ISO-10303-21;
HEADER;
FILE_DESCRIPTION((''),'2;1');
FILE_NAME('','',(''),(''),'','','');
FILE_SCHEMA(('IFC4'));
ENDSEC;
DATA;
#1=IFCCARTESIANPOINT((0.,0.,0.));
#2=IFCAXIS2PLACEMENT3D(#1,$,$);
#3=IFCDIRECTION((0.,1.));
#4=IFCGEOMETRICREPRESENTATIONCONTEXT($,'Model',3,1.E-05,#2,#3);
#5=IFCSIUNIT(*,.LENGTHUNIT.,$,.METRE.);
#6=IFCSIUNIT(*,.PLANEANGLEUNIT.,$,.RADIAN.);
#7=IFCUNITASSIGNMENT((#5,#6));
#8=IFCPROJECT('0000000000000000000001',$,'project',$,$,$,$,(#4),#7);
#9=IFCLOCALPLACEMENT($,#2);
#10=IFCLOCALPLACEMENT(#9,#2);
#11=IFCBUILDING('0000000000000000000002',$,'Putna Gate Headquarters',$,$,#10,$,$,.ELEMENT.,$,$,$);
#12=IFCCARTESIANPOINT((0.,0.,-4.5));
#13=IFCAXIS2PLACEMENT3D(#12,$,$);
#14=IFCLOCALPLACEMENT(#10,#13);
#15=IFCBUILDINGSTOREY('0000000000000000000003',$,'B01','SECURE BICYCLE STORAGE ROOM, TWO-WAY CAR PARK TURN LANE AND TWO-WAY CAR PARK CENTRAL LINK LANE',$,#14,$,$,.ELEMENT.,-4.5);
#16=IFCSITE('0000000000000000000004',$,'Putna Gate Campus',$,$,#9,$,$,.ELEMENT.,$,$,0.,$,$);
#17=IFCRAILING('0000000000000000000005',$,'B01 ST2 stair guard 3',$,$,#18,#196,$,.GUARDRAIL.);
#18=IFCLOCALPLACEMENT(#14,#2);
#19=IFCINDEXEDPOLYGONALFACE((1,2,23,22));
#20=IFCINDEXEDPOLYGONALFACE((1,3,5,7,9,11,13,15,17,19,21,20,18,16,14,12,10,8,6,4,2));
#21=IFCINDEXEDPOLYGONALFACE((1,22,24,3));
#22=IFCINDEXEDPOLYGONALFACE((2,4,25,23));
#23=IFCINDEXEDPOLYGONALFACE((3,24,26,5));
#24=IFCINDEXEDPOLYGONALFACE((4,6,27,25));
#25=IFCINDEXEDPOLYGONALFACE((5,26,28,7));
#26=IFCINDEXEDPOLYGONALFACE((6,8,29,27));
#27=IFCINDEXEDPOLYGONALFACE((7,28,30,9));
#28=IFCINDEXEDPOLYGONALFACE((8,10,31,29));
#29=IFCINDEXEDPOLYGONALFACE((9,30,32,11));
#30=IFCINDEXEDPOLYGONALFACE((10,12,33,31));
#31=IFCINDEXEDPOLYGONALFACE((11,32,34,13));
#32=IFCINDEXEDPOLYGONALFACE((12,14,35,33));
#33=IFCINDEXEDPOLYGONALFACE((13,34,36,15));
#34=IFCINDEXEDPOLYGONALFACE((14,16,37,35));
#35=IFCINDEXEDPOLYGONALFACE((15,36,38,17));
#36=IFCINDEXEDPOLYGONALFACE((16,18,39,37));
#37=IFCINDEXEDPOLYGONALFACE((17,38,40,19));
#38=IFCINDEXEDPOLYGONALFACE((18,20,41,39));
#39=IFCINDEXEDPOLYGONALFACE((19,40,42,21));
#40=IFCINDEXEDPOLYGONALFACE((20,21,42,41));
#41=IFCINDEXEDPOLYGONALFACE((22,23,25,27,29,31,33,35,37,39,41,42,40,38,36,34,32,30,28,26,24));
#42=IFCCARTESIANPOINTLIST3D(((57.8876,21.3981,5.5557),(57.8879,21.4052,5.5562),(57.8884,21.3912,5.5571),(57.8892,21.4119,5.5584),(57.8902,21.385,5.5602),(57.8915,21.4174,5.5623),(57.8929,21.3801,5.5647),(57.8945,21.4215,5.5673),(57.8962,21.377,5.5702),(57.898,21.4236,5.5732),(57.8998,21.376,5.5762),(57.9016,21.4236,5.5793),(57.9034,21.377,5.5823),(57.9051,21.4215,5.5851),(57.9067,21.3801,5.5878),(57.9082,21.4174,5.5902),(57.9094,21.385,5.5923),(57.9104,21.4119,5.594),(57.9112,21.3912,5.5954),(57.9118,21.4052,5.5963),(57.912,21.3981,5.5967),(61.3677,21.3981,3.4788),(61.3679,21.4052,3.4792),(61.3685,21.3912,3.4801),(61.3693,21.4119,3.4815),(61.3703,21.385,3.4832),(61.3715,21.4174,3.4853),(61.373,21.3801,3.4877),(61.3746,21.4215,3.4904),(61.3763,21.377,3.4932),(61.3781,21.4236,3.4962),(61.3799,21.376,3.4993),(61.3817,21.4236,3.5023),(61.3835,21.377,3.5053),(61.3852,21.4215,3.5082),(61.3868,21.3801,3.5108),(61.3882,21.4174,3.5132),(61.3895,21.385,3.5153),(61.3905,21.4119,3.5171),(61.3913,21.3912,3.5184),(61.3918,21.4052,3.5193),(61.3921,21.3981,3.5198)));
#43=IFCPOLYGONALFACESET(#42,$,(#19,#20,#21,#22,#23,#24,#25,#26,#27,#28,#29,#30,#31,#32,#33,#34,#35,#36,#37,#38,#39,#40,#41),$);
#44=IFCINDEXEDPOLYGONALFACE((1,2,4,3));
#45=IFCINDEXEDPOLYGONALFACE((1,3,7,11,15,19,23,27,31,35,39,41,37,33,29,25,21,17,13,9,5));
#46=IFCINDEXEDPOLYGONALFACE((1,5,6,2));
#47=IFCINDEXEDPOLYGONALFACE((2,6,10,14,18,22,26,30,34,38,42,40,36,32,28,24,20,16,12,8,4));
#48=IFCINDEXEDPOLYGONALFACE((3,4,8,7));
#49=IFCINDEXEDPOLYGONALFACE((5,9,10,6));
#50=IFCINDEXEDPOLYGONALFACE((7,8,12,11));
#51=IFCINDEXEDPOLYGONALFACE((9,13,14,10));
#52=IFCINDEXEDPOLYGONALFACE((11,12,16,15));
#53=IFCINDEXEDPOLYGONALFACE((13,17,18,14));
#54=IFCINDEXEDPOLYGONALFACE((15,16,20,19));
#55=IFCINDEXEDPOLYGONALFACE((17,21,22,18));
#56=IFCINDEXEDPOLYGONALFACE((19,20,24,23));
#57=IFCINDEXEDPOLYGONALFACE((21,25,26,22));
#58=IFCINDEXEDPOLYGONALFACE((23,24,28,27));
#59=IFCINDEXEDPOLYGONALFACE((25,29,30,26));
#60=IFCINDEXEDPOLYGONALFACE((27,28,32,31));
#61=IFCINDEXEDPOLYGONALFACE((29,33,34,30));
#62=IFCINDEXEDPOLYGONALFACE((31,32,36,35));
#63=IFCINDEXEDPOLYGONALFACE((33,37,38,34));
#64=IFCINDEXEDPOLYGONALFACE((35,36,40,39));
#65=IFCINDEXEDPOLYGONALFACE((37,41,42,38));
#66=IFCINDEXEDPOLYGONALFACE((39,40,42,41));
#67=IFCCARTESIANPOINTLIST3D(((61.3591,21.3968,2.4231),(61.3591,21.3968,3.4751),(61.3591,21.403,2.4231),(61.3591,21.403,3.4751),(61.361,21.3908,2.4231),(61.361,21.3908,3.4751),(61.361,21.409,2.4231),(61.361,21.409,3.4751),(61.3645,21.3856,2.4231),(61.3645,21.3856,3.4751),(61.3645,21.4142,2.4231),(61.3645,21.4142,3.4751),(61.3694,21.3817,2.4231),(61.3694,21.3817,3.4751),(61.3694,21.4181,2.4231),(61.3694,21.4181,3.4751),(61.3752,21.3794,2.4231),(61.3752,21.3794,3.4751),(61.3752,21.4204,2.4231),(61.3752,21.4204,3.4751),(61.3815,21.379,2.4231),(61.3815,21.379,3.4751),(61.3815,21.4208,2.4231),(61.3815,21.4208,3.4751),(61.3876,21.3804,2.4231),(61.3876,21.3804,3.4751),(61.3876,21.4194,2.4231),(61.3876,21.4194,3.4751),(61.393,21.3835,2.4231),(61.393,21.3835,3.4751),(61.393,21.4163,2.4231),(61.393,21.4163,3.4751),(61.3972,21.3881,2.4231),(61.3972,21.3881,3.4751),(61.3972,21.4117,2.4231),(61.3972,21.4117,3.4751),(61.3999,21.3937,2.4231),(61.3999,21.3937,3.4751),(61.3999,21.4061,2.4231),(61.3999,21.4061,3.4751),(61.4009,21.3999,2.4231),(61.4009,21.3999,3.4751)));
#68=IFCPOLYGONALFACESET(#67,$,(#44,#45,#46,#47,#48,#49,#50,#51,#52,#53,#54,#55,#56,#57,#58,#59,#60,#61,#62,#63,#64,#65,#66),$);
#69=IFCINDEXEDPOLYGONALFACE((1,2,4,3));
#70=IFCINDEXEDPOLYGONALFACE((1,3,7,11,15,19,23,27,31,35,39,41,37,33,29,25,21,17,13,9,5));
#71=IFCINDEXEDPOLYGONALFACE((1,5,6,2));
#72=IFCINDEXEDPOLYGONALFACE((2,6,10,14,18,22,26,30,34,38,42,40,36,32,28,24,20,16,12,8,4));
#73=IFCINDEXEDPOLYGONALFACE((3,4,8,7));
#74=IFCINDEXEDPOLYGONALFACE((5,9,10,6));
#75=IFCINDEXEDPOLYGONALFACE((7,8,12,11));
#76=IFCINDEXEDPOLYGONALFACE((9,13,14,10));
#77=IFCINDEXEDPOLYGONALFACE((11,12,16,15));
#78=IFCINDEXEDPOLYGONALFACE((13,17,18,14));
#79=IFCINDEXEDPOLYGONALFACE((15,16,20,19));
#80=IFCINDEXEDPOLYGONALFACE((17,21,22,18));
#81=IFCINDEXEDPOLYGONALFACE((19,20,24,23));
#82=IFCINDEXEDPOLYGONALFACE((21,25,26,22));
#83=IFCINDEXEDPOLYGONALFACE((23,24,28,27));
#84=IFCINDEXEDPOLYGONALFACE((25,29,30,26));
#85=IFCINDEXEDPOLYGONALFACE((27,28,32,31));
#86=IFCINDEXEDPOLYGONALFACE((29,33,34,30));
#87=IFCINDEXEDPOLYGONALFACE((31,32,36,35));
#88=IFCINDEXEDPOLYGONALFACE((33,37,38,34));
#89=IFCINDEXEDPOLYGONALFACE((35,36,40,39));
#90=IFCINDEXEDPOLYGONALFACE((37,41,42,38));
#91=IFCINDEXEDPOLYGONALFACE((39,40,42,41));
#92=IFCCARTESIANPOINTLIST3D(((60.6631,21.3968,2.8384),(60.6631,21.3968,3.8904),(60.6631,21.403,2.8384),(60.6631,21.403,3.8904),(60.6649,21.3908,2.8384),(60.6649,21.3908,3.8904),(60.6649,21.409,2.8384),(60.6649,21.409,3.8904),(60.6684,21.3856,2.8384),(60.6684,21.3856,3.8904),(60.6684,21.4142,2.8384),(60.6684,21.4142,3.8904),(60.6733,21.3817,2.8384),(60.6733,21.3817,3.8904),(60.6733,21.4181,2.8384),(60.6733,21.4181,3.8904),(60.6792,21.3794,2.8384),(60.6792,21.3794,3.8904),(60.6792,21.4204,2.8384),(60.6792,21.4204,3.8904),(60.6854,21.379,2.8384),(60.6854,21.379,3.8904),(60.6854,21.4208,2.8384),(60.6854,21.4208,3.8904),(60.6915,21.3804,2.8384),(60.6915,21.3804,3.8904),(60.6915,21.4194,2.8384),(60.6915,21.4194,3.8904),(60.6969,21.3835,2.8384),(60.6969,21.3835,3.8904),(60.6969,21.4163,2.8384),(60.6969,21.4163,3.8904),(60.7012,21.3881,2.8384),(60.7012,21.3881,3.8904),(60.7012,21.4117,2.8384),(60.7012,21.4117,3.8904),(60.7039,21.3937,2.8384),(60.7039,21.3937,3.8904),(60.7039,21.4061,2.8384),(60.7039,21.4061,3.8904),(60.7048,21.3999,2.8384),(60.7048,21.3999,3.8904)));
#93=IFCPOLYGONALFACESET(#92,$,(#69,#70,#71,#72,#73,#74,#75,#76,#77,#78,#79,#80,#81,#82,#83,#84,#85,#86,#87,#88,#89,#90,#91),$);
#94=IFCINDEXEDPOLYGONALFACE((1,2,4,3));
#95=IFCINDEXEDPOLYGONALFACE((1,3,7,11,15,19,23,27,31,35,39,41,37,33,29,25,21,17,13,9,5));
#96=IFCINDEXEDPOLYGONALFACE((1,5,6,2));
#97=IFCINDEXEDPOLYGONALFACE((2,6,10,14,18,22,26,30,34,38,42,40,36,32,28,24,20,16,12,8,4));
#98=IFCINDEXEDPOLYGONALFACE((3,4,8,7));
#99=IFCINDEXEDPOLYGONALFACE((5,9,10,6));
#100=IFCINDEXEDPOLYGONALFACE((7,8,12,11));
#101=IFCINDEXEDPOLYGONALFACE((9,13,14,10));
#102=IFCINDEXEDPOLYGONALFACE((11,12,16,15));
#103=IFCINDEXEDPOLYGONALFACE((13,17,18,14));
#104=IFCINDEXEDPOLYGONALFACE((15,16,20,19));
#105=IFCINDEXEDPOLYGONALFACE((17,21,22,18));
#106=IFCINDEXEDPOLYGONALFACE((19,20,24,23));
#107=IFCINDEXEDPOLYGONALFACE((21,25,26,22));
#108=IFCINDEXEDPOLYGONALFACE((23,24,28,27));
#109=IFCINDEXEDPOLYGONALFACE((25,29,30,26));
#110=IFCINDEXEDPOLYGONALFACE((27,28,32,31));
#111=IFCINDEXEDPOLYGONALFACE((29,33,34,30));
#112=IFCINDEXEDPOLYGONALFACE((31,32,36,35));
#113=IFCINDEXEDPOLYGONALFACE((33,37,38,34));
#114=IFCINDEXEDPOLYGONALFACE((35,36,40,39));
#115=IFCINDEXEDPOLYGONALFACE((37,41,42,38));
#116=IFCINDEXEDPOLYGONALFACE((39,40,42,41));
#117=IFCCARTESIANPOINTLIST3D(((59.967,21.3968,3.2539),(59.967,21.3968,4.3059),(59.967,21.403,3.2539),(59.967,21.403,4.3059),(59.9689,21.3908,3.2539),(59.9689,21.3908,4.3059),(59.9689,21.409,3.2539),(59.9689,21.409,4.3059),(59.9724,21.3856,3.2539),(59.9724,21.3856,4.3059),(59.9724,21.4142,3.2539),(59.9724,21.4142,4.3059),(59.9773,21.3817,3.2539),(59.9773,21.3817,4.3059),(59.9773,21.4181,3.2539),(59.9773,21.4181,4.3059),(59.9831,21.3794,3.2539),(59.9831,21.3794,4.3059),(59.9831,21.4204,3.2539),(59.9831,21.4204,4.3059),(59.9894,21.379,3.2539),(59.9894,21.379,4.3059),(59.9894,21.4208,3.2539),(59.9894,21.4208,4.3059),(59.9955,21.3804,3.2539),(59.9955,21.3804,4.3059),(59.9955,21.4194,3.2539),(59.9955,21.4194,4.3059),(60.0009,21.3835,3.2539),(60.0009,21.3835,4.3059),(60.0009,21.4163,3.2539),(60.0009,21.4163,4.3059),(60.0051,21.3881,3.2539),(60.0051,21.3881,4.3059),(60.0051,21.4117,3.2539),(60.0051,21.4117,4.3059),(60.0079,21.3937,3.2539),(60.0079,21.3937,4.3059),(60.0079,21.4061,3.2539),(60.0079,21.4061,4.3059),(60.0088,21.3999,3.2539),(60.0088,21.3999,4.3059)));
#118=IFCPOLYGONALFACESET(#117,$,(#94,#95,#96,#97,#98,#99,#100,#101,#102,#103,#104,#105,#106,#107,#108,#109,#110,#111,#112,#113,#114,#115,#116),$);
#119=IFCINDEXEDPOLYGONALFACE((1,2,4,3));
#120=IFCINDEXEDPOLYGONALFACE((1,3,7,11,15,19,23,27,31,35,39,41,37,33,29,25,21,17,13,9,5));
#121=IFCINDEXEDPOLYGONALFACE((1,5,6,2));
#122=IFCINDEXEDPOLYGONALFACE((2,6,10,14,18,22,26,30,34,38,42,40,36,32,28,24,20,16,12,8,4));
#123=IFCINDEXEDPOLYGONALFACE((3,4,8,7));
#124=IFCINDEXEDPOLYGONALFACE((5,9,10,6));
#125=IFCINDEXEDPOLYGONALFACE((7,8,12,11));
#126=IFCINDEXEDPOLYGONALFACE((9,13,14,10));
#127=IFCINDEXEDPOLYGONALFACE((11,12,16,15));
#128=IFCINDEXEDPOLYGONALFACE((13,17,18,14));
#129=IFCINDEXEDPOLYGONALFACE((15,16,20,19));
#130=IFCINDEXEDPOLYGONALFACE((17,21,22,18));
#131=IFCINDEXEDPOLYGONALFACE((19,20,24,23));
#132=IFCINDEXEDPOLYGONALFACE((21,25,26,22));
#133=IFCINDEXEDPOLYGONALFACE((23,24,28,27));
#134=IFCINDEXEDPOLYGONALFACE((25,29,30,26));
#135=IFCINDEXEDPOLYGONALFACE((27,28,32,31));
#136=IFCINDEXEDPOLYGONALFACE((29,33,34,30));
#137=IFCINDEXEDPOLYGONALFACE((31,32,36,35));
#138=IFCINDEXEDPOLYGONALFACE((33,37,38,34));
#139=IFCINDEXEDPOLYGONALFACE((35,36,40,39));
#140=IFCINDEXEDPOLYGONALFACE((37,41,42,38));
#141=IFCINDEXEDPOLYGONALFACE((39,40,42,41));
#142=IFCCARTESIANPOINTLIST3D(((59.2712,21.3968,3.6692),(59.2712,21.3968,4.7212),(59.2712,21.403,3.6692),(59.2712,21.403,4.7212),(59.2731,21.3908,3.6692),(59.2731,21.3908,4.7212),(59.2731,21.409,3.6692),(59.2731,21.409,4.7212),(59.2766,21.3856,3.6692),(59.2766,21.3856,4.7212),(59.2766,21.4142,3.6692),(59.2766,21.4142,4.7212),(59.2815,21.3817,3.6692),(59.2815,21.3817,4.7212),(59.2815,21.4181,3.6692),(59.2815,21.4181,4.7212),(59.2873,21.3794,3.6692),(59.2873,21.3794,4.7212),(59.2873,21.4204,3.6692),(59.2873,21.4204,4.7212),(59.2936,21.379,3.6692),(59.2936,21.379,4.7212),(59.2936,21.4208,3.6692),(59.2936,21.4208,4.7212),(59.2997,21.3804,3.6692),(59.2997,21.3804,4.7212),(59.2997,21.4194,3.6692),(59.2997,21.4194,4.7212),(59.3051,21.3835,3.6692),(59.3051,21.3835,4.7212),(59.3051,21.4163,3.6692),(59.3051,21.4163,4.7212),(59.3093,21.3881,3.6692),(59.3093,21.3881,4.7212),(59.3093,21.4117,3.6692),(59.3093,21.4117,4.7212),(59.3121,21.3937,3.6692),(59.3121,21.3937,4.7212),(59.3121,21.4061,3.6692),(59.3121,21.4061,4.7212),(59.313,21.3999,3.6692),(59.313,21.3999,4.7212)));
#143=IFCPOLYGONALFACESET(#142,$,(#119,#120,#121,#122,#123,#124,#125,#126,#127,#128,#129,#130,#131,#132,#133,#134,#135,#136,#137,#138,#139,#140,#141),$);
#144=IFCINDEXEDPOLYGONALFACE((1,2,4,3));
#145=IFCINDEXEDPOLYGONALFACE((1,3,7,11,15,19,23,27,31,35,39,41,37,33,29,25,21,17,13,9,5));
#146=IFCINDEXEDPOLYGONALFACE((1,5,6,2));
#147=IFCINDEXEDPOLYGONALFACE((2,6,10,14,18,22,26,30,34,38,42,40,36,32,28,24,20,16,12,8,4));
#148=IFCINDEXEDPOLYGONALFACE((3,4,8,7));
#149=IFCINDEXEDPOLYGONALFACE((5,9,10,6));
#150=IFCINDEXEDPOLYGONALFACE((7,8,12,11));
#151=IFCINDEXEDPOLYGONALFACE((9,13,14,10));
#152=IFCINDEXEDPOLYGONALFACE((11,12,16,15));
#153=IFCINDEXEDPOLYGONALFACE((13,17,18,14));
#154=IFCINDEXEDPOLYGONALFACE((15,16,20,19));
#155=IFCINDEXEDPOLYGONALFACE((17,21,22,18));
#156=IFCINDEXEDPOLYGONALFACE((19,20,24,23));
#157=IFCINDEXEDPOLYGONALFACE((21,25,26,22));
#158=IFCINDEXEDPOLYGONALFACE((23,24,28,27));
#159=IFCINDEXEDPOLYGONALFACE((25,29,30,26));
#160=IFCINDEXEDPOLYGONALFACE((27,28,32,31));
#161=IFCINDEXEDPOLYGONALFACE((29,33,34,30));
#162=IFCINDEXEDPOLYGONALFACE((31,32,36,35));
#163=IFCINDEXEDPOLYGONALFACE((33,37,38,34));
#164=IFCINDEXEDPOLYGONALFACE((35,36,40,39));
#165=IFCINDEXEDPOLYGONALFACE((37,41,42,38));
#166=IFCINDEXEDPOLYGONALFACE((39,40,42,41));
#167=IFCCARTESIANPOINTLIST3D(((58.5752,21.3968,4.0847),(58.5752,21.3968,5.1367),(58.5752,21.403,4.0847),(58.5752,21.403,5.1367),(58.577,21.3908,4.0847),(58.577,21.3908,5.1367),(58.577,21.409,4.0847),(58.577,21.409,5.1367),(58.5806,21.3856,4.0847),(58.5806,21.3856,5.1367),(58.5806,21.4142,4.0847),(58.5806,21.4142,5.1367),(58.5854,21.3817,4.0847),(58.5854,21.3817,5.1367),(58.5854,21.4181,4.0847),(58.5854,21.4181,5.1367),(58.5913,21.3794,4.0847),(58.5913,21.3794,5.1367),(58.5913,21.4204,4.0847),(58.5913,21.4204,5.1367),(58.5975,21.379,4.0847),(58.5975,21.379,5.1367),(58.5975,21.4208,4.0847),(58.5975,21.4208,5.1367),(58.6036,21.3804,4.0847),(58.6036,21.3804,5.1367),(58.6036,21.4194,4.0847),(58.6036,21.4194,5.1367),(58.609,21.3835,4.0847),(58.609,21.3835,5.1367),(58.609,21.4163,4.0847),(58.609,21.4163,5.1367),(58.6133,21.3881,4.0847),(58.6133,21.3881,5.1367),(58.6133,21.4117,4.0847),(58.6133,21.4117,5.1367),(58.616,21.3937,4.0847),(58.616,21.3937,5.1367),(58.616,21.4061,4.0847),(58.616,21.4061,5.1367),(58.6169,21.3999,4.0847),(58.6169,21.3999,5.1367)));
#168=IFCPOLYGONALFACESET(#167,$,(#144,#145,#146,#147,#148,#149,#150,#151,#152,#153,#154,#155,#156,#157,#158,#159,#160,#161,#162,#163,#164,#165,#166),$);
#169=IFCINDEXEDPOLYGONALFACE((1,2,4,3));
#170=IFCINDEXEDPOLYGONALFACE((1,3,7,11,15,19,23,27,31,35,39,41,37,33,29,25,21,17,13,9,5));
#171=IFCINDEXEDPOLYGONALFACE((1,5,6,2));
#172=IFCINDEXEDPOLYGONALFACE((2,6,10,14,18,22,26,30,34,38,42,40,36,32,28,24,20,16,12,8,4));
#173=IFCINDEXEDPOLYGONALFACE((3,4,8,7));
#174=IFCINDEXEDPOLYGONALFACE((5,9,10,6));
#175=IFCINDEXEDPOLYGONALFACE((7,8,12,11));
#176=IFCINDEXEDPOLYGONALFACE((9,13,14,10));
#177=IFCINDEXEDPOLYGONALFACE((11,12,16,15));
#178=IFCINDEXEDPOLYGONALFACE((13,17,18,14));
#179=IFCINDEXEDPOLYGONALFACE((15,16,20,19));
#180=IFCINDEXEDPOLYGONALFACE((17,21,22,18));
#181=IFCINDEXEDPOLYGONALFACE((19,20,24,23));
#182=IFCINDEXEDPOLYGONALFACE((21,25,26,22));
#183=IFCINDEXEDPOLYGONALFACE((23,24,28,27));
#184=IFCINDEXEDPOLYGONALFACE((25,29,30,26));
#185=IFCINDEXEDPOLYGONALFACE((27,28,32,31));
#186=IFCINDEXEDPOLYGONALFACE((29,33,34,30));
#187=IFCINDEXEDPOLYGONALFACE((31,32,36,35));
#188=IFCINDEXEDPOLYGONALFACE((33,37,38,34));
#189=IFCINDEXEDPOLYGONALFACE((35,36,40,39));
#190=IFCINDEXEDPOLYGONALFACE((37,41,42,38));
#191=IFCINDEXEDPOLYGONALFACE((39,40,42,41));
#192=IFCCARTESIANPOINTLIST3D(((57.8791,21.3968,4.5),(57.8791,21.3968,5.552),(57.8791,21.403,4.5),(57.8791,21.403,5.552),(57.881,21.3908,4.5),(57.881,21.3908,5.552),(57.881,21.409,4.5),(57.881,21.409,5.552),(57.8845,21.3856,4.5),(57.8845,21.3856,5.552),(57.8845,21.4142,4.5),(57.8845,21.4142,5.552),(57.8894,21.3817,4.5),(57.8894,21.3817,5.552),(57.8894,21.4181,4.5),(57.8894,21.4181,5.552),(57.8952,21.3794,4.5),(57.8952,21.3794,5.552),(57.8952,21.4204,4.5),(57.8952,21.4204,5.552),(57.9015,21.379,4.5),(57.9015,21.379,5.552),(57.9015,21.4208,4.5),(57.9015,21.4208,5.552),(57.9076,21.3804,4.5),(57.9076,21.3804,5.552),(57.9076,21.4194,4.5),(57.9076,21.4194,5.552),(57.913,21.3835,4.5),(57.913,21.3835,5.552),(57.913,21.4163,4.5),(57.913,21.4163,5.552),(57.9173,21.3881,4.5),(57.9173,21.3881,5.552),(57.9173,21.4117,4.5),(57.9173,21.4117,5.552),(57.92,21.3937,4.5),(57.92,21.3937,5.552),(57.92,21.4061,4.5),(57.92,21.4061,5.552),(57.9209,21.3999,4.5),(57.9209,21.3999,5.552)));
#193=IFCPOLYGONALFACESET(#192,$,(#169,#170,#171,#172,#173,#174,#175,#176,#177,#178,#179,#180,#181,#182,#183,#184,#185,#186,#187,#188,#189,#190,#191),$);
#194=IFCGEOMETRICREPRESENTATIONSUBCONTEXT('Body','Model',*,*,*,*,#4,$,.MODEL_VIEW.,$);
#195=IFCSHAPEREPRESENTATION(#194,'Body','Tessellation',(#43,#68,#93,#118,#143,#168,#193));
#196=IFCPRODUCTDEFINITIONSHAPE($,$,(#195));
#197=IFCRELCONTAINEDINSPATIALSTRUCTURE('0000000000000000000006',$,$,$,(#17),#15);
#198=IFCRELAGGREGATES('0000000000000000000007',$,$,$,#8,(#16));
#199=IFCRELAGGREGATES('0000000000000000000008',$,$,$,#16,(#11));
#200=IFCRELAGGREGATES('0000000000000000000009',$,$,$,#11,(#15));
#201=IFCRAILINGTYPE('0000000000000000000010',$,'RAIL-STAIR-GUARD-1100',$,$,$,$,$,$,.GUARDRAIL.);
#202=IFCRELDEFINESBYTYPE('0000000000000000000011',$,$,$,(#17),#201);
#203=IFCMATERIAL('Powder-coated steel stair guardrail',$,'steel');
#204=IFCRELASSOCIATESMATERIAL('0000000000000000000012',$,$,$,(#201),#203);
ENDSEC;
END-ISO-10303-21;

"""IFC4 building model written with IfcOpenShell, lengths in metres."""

from ifc_helpers import new_model, si_unit, direction, frame, origin, origin_2d, place, context, subcontext, project, spatial, circle, extrude, material, type_object, element, save


model = new_model("IFC4")

# Units and contexts
model_context = context("Model", 3, precision=1e-05, world=origin(), true_north=direction((0.0, 1.0)))
body_context = subcontext(model_context, "Body", "Model", "MODEL_VIEW")
ifc_project = project(units=[si_unit("LENGTHUNIT", "METRE"), si_unit("PLANEANGLEUNIT", "RADIAN")], contexts=[model_context])

# Site, building, storey
site_placement = place(None, origin())
site = spatial("IfcSite", under=ifc_project, at=site_placement, Name="Putna Gate Campus", CompositionType="ELEMENT", RefElevation=0.0)
building_placement = place(site_placement, origin())
building = spatial("IfcBuilding", under=site, at=building_placement, Name="Putna Gate Headquarters", CompositionType="ELEMENT")
storey_placement = place(building_placement, frame((0.0, 0.0, -4.5)))
storey = spatial("IfcBuildingStorey", under=building, at=storey_placement, Name="B01", Description="SECURE BICYCLE STORAGE ROOM, TWO-WAY CAR PARK TURN LANE AND TWO-WAY CAR PARK CENTRAL LINK LANE", CompositionType="ELEMENT", Elevation=-4.5)

# Railing
ifc_material_1 = material(Name="Powder-coated steel stair guardrail", Category="steel")
railing_type_1 = type_object("IfcRailingType", Name="RAIL-STAIR-GUARD-1100", PredefinedType="GUARDRAIL", material=ifc_material_1)
railing_1_placement = place(storey_placement, frame((61.3799, 21.3999, 2.4231)))
element("IfcRailing", 1, at=railing_1_placement, inside=storey, type_object=railing_type_1, Name="B01 ST2 stair guard 3", PredefinedType="GUARDRAIL", context=body_context, shape_type="SweptSolid", body=[
    extrude(circle(Radius=0.0239, at=origin_2d()), frame((0.0, 0.0, 1.0762), z_axis=(-0.858697, 0.0, 0.512483), x_axis=(0.0, -1.0, 0.0)), (0.0, 0.0, 1.0), 4.0527),
    extrude(circle(Radius=0.021, at=origin_2d()), origin(), (0.0, 0.0, 1.0), 1.052),
    extrude(circle(Radius=0.021, at=origin_2d()), frame((-0.696, 0.0, 0.4153)), (0.0, 0.0, 1.0), 1.052),
    extrude(circle(Radius=0.021, at=origin_2d()), frame((-1.3921, 0.0, 0.8308)), (0.0, 0.0, 1.0), 1.052),
    extrude(circle(Radius=0.021, at=origin_2d()), frame((-2.0879, 0.0, 1.2461)), (0.0, 0.0, 1.0), 1.052),
    extrude(circle(Radius=0.021, at=origin_2d()), frame((-2.7839, 0.0, 1.6616)), (0.0, 0.0, 1.0), 1.052),
    extrude(circle(Radius=0.021, at=origin_2d()), frame((-3.48, 0.0, 2.0769)), (0.0, 0.0, 1.0), 1.052),
])

save(model, "model.ifc")
